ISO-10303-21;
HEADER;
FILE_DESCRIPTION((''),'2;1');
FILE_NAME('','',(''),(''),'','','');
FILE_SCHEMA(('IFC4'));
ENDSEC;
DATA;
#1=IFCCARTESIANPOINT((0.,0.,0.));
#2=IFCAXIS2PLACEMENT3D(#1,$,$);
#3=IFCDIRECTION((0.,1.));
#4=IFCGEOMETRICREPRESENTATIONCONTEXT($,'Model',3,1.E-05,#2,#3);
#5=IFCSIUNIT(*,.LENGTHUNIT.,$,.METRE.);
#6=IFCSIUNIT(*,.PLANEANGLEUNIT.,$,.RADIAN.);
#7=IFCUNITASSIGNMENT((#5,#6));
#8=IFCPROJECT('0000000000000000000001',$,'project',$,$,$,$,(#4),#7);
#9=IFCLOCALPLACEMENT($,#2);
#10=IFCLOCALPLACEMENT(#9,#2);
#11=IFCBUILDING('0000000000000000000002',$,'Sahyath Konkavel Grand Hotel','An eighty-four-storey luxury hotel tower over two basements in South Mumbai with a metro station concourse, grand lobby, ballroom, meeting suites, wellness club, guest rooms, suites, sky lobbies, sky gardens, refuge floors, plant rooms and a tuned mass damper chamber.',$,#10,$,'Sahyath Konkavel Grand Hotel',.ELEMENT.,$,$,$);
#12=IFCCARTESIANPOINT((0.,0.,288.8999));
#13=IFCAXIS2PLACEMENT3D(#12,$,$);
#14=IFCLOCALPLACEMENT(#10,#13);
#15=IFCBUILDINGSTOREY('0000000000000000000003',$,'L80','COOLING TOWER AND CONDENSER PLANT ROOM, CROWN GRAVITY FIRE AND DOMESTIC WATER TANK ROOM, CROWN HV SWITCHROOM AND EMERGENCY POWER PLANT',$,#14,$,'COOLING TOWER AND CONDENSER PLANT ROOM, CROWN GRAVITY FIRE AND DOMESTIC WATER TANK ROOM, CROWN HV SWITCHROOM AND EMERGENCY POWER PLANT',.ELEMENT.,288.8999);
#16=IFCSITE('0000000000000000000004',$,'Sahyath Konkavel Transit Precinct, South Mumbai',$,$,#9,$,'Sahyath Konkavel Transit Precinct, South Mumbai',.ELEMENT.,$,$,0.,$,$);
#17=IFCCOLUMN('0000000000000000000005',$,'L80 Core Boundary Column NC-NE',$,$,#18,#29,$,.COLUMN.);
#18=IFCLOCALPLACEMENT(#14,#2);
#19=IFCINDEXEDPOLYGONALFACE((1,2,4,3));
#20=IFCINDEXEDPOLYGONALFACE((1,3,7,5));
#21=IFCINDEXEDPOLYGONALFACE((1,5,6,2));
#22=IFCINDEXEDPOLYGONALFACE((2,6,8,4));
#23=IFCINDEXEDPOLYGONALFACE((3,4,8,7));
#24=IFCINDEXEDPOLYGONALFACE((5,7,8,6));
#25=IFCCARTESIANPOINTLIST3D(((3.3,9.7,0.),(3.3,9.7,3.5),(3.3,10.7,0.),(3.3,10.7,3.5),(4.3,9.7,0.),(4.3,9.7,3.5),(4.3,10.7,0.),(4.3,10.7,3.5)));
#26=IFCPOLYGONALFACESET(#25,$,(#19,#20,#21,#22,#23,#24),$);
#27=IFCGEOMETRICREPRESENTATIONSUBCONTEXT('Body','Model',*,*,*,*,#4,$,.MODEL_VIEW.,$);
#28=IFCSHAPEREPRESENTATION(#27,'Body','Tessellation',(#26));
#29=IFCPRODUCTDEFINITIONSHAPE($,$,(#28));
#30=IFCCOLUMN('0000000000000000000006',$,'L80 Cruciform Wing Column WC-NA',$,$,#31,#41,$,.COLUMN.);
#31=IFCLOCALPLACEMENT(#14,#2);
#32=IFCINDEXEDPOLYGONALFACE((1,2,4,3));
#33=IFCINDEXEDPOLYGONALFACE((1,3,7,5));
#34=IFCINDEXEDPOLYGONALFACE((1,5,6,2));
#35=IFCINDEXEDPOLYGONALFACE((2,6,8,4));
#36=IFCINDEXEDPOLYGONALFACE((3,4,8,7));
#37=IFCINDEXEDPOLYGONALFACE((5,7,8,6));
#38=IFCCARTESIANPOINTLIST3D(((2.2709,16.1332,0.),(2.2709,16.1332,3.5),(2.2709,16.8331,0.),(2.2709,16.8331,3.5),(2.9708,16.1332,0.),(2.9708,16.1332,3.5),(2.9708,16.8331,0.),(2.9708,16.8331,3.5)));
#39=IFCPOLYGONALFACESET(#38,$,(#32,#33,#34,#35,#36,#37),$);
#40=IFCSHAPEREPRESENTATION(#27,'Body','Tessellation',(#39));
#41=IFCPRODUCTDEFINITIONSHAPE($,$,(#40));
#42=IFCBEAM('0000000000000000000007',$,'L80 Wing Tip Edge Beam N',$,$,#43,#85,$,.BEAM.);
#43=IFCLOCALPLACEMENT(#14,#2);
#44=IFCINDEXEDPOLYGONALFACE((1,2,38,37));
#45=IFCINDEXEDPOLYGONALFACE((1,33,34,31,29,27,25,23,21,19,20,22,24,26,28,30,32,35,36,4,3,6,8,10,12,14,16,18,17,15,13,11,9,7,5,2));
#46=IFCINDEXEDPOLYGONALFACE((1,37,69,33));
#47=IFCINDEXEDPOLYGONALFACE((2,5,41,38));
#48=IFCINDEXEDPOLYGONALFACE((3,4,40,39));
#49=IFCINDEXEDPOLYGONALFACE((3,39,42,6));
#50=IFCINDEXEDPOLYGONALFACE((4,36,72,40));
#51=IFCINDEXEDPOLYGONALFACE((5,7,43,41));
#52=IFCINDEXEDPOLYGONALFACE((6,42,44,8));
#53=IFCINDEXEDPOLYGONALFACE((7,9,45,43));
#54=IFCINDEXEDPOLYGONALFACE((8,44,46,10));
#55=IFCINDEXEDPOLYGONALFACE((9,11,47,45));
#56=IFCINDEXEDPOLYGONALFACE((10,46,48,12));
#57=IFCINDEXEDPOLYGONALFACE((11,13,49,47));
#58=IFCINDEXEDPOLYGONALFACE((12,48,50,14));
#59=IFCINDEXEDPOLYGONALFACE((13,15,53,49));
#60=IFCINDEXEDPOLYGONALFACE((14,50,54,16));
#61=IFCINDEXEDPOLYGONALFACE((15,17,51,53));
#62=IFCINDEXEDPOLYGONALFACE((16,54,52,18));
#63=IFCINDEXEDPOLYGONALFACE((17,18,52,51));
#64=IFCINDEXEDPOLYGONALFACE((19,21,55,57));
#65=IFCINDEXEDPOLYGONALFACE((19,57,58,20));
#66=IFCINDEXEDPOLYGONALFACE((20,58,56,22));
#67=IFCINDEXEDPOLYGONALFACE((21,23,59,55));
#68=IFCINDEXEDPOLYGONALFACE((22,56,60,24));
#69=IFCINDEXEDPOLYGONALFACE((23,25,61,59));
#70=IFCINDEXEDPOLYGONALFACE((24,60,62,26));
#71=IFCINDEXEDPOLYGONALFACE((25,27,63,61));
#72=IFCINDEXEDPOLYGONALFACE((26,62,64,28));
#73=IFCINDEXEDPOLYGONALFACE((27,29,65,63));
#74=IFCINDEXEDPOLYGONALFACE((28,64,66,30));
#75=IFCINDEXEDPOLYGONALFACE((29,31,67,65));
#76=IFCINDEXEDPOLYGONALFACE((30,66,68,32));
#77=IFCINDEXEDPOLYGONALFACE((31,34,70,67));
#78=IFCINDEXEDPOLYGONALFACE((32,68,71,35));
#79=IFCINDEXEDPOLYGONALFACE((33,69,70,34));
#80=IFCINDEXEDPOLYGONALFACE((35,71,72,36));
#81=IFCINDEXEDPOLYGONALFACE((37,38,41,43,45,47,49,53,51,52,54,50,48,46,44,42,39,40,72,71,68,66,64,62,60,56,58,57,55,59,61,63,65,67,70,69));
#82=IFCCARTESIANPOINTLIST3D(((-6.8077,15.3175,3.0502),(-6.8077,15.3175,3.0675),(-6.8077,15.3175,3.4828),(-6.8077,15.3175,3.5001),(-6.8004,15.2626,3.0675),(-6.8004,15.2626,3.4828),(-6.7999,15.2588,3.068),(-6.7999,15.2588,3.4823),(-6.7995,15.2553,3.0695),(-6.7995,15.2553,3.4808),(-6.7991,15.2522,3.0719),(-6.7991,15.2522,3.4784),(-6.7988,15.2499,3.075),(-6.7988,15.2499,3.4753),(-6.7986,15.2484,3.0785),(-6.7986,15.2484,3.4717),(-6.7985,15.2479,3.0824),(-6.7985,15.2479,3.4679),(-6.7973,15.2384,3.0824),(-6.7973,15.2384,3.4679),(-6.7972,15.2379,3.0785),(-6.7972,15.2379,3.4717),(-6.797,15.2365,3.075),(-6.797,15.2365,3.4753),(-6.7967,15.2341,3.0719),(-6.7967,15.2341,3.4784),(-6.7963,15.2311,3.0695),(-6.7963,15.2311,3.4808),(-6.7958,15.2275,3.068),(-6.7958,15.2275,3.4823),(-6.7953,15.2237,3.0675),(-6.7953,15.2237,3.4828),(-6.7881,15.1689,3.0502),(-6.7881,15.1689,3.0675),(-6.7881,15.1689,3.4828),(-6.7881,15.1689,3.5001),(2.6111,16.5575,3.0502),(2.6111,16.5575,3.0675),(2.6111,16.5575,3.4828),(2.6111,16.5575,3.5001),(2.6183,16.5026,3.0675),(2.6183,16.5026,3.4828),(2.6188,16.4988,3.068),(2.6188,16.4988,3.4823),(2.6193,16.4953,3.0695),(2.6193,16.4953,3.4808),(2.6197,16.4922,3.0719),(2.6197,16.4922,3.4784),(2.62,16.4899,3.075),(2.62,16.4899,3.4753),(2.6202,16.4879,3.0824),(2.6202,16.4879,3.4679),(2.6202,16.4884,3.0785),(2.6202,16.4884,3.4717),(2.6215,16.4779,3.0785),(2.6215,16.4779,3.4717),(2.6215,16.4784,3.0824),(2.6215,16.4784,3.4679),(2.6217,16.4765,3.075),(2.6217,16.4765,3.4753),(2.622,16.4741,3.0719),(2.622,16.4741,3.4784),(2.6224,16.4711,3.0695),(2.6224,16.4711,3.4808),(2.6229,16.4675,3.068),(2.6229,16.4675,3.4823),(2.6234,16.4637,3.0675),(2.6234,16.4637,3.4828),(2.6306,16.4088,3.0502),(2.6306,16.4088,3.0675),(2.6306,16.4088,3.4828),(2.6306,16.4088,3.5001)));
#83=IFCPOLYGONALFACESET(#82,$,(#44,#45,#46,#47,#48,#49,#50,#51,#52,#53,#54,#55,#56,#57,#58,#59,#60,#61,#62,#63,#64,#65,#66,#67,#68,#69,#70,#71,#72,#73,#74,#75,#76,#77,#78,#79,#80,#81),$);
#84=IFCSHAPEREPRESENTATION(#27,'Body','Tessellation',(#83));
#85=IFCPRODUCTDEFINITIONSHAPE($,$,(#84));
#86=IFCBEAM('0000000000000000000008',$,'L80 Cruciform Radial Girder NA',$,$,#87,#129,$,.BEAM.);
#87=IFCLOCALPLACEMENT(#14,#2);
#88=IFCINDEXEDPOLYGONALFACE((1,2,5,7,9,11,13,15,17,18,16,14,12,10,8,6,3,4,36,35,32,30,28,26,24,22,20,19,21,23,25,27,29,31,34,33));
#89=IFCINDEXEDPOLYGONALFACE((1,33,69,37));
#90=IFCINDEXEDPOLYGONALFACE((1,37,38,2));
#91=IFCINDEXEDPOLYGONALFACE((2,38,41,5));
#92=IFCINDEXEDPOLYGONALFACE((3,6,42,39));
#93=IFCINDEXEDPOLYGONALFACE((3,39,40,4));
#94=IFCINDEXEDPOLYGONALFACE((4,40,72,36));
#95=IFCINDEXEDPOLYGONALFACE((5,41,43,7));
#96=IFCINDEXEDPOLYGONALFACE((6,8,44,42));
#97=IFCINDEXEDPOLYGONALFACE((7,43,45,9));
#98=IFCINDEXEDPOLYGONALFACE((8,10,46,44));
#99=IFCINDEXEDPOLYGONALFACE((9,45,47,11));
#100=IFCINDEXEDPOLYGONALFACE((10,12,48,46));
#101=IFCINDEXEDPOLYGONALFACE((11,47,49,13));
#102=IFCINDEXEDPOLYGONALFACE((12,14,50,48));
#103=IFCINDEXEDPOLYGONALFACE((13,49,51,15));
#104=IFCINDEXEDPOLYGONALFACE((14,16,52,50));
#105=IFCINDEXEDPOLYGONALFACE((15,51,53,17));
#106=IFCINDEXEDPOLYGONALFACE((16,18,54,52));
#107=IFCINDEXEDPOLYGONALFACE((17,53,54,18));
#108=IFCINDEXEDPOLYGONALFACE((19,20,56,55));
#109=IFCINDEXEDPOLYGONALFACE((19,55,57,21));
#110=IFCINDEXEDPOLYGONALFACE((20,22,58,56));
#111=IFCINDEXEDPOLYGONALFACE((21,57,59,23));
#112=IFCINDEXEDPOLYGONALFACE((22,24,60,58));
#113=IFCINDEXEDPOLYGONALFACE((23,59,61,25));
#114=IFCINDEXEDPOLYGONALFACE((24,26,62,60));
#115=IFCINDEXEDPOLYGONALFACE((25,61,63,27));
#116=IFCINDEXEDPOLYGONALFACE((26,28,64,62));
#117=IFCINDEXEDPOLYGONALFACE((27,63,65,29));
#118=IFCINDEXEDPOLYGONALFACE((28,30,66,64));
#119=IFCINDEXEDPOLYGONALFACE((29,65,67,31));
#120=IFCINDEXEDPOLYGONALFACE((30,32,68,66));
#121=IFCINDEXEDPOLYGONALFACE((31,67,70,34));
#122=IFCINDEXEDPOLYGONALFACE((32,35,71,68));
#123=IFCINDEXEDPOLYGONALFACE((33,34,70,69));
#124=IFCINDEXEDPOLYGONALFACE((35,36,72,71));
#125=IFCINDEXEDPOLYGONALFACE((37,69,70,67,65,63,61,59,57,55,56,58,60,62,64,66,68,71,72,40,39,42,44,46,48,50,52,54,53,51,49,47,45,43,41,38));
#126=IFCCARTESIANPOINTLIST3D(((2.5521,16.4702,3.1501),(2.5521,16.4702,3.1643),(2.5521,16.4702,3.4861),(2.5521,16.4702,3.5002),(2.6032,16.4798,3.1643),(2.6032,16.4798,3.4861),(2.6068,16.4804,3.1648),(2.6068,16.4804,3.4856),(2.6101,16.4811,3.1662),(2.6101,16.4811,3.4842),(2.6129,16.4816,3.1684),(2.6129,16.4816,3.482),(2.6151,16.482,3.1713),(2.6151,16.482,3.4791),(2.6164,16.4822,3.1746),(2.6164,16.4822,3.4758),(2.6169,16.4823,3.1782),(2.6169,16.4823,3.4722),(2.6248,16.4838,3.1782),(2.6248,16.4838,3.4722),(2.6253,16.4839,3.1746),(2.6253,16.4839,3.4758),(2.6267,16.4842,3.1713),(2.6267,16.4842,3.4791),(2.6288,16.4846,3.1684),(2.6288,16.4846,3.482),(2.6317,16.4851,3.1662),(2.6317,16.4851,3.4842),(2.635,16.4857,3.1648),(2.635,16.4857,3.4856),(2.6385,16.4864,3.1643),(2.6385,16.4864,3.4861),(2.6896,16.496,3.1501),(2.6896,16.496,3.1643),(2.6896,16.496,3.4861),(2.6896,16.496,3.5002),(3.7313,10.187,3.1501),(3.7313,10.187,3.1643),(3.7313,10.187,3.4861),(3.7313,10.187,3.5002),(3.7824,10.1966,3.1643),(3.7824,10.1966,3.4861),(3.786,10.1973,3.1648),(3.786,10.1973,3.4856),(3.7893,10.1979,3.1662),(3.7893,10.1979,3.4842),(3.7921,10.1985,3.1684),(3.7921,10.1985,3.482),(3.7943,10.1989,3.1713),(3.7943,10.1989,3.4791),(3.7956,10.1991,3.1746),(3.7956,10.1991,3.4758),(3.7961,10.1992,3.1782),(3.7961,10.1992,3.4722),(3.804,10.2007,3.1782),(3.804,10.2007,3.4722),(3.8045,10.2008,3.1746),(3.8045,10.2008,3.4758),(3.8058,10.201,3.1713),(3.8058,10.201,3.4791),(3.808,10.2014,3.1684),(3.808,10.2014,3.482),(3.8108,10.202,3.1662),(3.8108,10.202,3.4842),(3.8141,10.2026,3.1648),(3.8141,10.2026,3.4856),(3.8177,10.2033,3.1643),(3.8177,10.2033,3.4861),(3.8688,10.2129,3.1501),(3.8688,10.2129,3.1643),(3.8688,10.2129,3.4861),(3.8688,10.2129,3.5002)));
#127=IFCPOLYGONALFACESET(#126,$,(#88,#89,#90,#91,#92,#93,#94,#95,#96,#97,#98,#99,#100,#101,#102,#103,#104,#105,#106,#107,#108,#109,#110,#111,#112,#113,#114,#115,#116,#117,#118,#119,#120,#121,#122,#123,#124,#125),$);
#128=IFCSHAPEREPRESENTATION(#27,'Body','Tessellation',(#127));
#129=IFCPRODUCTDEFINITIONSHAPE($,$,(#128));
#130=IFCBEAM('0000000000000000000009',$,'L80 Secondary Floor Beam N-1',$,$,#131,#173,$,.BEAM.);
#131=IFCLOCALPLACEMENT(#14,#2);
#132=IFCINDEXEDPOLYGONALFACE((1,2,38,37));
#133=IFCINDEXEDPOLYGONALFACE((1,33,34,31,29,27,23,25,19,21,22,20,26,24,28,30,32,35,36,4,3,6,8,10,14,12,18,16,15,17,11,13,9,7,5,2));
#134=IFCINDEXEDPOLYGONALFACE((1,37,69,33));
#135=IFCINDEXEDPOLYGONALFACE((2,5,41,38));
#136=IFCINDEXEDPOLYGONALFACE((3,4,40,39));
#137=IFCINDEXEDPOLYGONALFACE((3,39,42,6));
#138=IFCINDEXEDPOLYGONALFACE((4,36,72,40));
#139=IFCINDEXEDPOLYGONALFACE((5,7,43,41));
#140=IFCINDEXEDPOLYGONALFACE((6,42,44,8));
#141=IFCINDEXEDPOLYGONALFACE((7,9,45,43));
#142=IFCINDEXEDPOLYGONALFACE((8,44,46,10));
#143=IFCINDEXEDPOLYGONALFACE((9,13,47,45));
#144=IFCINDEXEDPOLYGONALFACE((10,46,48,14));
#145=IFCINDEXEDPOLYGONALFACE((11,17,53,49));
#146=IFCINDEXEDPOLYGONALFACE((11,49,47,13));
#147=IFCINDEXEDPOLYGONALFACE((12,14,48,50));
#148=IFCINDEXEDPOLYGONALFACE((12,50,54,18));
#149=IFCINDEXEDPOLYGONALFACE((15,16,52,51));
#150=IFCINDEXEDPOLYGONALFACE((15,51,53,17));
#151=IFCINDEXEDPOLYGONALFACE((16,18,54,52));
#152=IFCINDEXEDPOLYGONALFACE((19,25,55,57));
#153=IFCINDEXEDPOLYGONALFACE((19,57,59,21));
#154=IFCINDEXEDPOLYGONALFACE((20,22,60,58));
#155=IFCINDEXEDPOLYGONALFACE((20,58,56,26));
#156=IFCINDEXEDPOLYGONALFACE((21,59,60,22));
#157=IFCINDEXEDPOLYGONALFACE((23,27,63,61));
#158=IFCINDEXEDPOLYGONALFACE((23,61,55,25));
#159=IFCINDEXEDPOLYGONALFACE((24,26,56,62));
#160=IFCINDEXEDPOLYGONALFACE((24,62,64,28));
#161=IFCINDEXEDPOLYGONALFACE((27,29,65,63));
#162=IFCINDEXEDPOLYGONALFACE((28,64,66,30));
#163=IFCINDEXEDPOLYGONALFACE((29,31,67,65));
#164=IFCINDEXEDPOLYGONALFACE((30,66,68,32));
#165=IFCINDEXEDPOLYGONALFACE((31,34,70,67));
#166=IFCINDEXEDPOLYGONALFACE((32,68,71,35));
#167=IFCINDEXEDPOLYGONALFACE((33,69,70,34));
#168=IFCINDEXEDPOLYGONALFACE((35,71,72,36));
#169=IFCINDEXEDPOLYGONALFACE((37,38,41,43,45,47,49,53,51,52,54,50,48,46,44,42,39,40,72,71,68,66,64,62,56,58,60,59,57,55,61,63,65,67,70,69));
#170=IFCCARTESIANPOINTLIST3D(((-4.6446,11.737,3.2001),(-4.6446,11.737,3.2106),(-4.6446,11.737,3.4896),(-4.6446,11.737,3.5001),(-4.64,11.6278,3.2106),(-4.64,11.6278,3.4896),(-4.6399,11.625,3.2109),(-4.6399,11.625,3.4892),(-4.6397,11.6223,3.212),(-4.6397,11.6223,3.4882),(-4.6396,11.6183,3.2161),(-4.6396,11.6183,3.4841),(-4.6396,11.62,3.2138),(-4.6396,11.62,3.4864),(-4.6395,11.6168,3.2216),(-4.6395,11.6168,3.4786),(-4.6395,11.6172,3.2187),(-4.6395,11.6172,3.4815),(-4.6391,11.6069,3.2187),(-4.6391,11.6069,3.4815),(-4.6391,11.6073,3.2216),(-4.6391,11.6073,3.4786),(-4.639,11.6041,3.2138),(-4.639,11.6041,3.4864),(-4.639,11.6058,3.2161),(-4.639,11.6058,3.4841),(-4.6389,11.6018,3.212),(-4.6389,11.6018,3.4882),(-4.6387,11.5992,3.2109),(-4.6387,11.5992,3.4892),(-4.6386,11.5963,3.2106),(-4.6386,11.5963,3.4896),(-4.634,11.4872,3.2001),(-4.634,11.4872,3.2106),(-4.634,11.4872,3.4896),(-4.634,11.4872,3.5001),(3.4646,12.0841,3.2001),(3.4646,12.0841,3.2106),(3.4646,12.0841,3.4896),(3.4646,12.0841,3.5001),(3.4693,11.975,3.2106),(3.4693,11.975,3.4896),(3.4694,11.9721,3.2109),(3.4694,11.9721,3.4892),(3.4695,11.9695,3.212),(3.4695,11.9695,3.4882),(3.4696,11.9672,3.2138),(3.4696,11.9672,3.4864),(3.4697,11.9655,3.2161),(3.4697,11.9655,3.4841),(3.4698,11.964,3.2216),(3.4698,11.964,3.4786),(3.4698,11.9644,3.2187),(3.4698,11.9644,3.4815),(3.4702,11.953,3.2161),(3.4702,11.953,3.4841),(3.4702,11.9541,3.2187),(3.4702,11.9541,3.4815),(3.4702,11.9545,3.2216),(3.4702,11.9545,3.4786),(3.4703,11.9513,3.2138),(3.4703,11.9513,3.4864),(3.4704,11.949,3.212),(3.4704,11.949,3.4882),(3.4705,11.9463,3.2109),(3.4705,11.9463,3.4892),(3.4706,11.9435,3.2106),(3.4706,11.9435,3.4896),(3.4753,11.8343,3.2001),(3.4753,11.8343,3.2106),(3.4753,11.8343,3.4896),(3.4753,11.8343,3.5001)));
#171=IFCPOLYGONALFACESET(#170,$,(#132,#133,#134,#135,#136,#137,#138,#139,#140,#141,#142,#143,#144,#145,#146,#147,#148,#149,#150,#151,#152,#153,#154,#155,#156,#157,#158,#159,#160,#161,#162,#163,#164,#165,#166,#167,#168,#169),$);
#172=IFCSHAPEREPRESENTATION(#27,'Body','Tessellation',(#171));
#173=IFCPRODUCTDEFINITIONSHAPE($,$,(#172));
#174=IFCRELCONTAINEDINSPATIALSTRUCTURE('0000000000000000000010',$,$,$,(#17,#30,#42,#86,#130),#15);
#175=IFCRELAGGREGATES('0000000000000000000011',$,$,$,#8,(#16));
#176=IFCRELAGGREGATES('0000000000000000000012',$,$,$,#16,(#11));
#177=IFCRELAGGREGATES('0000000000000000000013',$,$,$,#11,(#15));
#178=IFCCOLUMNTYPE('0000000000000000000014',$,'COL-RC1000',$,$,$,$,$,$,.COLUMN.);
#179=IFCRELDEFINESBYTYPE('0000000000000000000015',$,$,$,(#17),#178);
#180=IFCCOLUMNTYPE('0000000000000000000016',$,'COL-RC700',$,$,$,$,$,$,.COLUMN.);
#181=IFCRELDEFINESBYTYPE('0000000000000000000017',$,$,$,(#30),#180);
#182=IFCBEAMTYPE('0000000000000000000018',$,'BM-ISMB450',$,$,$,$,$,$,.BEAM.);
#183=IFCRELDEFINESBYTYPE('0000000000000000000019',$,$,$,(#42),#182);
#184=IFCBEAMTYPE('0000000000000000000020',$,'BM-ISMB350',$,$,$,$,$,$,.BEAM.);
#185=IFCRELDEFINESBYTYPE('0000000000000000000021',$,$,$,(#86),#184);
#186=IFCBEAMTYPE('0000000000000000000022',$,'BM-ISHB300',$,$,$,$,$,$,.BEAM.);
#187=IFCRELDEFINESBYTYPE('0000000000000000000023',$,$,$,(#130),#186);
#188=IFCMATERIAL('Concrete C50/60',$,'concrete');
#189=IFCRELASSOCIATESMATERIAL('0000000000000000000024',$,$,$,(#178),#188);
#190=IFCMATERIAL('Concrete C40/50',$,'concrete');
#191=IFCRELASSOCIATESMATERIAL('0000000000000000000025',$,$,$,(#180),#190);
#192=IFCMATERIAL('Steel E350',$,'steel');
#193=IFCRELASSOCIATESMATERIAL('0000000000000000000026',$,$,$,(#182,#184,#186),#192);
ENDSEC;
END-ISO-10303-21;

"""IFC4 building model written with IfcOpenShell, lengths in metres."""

from ifc_helpers import new_model, si_unit, direction, frame, origin, origin_2d, place, context, subcontext, project, spatial, rectangle, i_section, extrude, source, transform, mapped, material, material_profile, profile_set, type_object, element, save


model = new_model("IFC4")

# Units and contexts
model_context = context("Model", 3, precision=1e-05, world=origin(), true_north=direction((0.0, 1.0)))
body_context = subcontext(model_context, "Body", "Model", "MODEL_VIEW")
ifc_project = project(units=[si_unit("LENGTHUNIT", "METRE"), si_unit("PLANEANGLEUNIT", "RADIAN")], contexts=[model_context])

# Site, building, storey
site_placement = place(None, origin())
site = spatial("IfcSite", under=ifc_project, at=site_placement, Name="Sahyath Konkavel Transit Precinct, South Mumbai", LongName="Sahyath Konkavel Transit Precinct, South Mumbai", CompositionType="ELEMENT", RefElevation=0.0)
building_placement = place(site_placement, origin())
building = spatial("IfcBuilding", under=site, at=building_placement, Name="Sahyath Konkavel Grand Hotel", Description="An eighty-four-storey luxury hotel tower over two basements in South Mumbai with a metro station concourse, grand lobby, ballroom, meeting suites, wellness club, guest rooms, suites, sky lobbies, sky gardens, refuge floors, plant rooms and a tuned mass damper chamber.", LongName="Sahyath Konkavel Grand Hotel", CompositionType="ELEMENT")
storey_placement = place(building_placement, frame((0.0, 0.0, 288.8999)))
storey = spatial("IfcBuildingStorey", under=building, at=storey_placement, Name="L80", Description="COOLING TOWER AND CONDENSER PLANT ROOM, CROWN GRAVITY FIRE AND DOMESTIC WATER TANK ROOM, CROWN HV SWITCHROOM AND EMERGENCY POWER PLANT", LongName="COOLING TOWER AND CONDENSER PLANT ROOM, CROWN GRAVITY FIRE AND DOMESTIC WATER TANK ROOM, CROWN HV SWITCHROOM AND EMERGENCY POWER PLANT", CompositionType="ELEMENT", Elevation=288.8999)

# Columns
ifc_material_1 = material(Name="Concrete C50/60", Category="concrete")
ifc_material_profile_1 = material_profile(ifc_material_1, rectangle(XDim=1.0, YDim=1.0, at=origin_2d()), Name="RC 1000x1000")
ifc_profile_set_1 = profile_set([ifc_material_profile_1], Name="Concrete C50/60")
column_type_1 = type_object("IfcColumnType", Name="COL-RC1000", PredefinedType="COLUMN", material=ifc_profile_set_1)
shared_shape_1 = source(origin(), body_context, "Body", "SweptSolid", [
    extrude(rectangle(XDim=1.0, YDim=1.0, at=origin_2d()), origin(), (0.0, 0.0, 1.0), 3.5),
])
column_1_placement = place(storey_placement, frame((3.8, 10.2, 0.0), z_axis=(0.0, 0.0, 1.0), x_axis=(1.0, 0.0, 0.0)))
element("IfcColumn", 1, at=column_1_placement, inside=storey, type_object=column_type_1, Name="L80 Core Boundary Column NC-NE", PredefinedType="COLUMN", context=body_context, shape_type="MappedRepresentation", body=[
    mapped(shared_shape_1, transform((0.0, 0.0, 0.0), scale=1.0)),
])
ifc_material_2 = material(Name="Concrete C40/50", Category="concrete")
ifc_material_profile_2 = material_profile(ifc_material_2, rectangle(XDim=0.7, YDim=0.7, at=origin_2d()), Name="RC 700x700")
ifc_profile_set_2 = profile_set([ifc_material_profile_2], Name="Concrete C40/50")
column_type_2 = type_object("IfcColumnType", Name="COL-RC700", PredefinedType="COLUMN", material=ifc_profile_set_2)
shared_shape_2 = source(origin(), body_context, "Body", "SweptSolid", [
    extrude(rectangle(XDim=0.7, YDim=0.7, at=origin_2d()), origin(), (0.0, 0.0, 1.0), 3.5),
])
column_2_placement = place(storey_placement, frame((2.6208, 16.4832, 0.0), z_axis=(0.0, 0.0, 1.0), x_axis=(1.0, 0.0, 0.0)))
element("IfcColumn", 2, at=column_2_placement, inside=storey, type_object=column_type_2, Name="L80 Cruciform Wing Column WC-NA", PredefinedType="COLUMN", context=body_context, shape_type="MappedRepresentation", body=[
    mapped(shared_shape_2, transform((0.0, 0.0, 0.0), scale=1.0)),
])

# Beams
ifc_material_3 = material(Name="Steel E350", Category="steel")
ifc_material_profile_3 = material_profile(ifc_material_3, i_section(OverallWidth=0.1499, OverallDepth=0.45, WebThickness=0.0095, FlangeThickness=0.0173, FilletRadius=0.0149, at=origin_2d()), Name="ISMB 450")
ifc_profile_set_3 = profile_set([ifc_material_profile_3], Name="Steel E350")
beam_type_1 = type_object("IfcBeamType", Name="BM-ISMB450", PredefinedType="BEAM", material=ifc_profile_set_3)
shared_shape_3 = source(origin(), body_context, "Body", "SweptSolid", [
    extrude(i_section(OverallWidth=0.1499, OverallDepth=0.45, WebThickness=0.0095, FlangeThickness=0.0173, FilletRadius=0.0149, at=origin_2d()), origin(), (0.0, 0.0, 1.0), 9.5),
])
beam_1_placement = place(storey_placement, frame((2.6208, 16.4832, 3.2751), z_axis=(-0.991445, -0.130526, 0.0), x_axis=(0.130526, -0.991445, 0.0)))
element("IfcBeam", 3, at=beam_1_placement, inside=storey, type_object=beam_type_1, Name="L80 Wing Tip Edge Beam N", PredefinedType="BEAM", context=body_context, shape_type="MappedRepresentation", body=[
    mapped(shared_shape_3, transform((0.0, 0.0, 0.0), scale=1.0)),
])
ifc_material_profile_4 = material_profile(ifc_material_3, i_section(OverallWidth=0.1399, OverallDepth=0.3501, WebThickness=0.0081, FlangeThickness=0.0142, FilletRadius=0.0139, at=origin_2d()), Name="ISMB 350")
ifc_profile_set_4 = profile_set([ifc_material_profile_4], Name="Steel E350")
beam_type_2 = type_object("IfcBeamType", Name="BM-ISMB350", PredefinedType="BEAM", material=ifc_profile_set_4)
shared_shape_4 = source(origin(), body_context, "Body", "SweptSolid", [
    extrude(i_section(OverallWidth=0.1399, OverallDepth=0.3501, WebThickness=0.0081, FlangeThickness=0.0142, FilletRadius=0.0139, at=origin_2d()), origin(), (0.0, 0.0, 1.0), 6.3928),
])
beam_2_placement = place(storey_placement, frame((3.8, 10.2, 3.3252), z_axis=(-0.184455, 0.982841, 0.0), x_axis=(-0.982841, -0.184455, 0.0)))
element("IfcBeam", 4, at=beam_2_placement, inside=storey, type_object=beam_type_2, Name="L80 Cruciform Radial Girder NA", PredefinedType="BEAM", context=body_context, shape_type="MappedRepresentation", body=[
    mapped(shared_shape_4, transform((0.0, 0.0, 0.0), scale=1.0)),
])
ifc_material_profile_5 = material_profile(ifc_material_3, i_section(OverallWidth=0.25, OverallDepth=0.3, WebThickness=0.0095, FlangeThickness=0.0105, FilletRadius=0.011, at=origin_2d()), Name="ISHB 300")
ifc_profile_set_5 = profile_set([ifc_material_profile_5], Name="Steel E350")
beam_type_3 = type_object("IfcBeamType", Name="BM-ISHB300", PredefinedType="BEAM", material=ifc_profile_set_5)
shared_shape_5 = source(origin(), body_context, "Body", "SweptSolid", [
    extrude(i_section(OverallWidth=0.25, OverallDepth=0.3, WebThickness=0.0095, FlangeThickness=0.0105, FilletRadius=0.011, at=origin_2d()), origin(), (0.0, 0.0, 1.0), 8.1167),
])
beam_3_placement = place(storey_placement, frame((3.47, 11.9592, 3.3501), z_axis=(-0.999085, -0.042772, 0.0), x_axis=(0.042772, -0.999085, 0.0)))
element("IfcBeam", 5, at=beam_3_placement, inside=storey, type_object=beam_type_3, Name="L80 Secondary Floor Beam N-1", PredefinedType="BEAM", context=body_context, shape_type="MappedRepresentation", body=[
    mapped(shared_shape_5, transform((0.0, 0.0, 0.0), scale=1.0)),
])

save(model, "model.ifc")
